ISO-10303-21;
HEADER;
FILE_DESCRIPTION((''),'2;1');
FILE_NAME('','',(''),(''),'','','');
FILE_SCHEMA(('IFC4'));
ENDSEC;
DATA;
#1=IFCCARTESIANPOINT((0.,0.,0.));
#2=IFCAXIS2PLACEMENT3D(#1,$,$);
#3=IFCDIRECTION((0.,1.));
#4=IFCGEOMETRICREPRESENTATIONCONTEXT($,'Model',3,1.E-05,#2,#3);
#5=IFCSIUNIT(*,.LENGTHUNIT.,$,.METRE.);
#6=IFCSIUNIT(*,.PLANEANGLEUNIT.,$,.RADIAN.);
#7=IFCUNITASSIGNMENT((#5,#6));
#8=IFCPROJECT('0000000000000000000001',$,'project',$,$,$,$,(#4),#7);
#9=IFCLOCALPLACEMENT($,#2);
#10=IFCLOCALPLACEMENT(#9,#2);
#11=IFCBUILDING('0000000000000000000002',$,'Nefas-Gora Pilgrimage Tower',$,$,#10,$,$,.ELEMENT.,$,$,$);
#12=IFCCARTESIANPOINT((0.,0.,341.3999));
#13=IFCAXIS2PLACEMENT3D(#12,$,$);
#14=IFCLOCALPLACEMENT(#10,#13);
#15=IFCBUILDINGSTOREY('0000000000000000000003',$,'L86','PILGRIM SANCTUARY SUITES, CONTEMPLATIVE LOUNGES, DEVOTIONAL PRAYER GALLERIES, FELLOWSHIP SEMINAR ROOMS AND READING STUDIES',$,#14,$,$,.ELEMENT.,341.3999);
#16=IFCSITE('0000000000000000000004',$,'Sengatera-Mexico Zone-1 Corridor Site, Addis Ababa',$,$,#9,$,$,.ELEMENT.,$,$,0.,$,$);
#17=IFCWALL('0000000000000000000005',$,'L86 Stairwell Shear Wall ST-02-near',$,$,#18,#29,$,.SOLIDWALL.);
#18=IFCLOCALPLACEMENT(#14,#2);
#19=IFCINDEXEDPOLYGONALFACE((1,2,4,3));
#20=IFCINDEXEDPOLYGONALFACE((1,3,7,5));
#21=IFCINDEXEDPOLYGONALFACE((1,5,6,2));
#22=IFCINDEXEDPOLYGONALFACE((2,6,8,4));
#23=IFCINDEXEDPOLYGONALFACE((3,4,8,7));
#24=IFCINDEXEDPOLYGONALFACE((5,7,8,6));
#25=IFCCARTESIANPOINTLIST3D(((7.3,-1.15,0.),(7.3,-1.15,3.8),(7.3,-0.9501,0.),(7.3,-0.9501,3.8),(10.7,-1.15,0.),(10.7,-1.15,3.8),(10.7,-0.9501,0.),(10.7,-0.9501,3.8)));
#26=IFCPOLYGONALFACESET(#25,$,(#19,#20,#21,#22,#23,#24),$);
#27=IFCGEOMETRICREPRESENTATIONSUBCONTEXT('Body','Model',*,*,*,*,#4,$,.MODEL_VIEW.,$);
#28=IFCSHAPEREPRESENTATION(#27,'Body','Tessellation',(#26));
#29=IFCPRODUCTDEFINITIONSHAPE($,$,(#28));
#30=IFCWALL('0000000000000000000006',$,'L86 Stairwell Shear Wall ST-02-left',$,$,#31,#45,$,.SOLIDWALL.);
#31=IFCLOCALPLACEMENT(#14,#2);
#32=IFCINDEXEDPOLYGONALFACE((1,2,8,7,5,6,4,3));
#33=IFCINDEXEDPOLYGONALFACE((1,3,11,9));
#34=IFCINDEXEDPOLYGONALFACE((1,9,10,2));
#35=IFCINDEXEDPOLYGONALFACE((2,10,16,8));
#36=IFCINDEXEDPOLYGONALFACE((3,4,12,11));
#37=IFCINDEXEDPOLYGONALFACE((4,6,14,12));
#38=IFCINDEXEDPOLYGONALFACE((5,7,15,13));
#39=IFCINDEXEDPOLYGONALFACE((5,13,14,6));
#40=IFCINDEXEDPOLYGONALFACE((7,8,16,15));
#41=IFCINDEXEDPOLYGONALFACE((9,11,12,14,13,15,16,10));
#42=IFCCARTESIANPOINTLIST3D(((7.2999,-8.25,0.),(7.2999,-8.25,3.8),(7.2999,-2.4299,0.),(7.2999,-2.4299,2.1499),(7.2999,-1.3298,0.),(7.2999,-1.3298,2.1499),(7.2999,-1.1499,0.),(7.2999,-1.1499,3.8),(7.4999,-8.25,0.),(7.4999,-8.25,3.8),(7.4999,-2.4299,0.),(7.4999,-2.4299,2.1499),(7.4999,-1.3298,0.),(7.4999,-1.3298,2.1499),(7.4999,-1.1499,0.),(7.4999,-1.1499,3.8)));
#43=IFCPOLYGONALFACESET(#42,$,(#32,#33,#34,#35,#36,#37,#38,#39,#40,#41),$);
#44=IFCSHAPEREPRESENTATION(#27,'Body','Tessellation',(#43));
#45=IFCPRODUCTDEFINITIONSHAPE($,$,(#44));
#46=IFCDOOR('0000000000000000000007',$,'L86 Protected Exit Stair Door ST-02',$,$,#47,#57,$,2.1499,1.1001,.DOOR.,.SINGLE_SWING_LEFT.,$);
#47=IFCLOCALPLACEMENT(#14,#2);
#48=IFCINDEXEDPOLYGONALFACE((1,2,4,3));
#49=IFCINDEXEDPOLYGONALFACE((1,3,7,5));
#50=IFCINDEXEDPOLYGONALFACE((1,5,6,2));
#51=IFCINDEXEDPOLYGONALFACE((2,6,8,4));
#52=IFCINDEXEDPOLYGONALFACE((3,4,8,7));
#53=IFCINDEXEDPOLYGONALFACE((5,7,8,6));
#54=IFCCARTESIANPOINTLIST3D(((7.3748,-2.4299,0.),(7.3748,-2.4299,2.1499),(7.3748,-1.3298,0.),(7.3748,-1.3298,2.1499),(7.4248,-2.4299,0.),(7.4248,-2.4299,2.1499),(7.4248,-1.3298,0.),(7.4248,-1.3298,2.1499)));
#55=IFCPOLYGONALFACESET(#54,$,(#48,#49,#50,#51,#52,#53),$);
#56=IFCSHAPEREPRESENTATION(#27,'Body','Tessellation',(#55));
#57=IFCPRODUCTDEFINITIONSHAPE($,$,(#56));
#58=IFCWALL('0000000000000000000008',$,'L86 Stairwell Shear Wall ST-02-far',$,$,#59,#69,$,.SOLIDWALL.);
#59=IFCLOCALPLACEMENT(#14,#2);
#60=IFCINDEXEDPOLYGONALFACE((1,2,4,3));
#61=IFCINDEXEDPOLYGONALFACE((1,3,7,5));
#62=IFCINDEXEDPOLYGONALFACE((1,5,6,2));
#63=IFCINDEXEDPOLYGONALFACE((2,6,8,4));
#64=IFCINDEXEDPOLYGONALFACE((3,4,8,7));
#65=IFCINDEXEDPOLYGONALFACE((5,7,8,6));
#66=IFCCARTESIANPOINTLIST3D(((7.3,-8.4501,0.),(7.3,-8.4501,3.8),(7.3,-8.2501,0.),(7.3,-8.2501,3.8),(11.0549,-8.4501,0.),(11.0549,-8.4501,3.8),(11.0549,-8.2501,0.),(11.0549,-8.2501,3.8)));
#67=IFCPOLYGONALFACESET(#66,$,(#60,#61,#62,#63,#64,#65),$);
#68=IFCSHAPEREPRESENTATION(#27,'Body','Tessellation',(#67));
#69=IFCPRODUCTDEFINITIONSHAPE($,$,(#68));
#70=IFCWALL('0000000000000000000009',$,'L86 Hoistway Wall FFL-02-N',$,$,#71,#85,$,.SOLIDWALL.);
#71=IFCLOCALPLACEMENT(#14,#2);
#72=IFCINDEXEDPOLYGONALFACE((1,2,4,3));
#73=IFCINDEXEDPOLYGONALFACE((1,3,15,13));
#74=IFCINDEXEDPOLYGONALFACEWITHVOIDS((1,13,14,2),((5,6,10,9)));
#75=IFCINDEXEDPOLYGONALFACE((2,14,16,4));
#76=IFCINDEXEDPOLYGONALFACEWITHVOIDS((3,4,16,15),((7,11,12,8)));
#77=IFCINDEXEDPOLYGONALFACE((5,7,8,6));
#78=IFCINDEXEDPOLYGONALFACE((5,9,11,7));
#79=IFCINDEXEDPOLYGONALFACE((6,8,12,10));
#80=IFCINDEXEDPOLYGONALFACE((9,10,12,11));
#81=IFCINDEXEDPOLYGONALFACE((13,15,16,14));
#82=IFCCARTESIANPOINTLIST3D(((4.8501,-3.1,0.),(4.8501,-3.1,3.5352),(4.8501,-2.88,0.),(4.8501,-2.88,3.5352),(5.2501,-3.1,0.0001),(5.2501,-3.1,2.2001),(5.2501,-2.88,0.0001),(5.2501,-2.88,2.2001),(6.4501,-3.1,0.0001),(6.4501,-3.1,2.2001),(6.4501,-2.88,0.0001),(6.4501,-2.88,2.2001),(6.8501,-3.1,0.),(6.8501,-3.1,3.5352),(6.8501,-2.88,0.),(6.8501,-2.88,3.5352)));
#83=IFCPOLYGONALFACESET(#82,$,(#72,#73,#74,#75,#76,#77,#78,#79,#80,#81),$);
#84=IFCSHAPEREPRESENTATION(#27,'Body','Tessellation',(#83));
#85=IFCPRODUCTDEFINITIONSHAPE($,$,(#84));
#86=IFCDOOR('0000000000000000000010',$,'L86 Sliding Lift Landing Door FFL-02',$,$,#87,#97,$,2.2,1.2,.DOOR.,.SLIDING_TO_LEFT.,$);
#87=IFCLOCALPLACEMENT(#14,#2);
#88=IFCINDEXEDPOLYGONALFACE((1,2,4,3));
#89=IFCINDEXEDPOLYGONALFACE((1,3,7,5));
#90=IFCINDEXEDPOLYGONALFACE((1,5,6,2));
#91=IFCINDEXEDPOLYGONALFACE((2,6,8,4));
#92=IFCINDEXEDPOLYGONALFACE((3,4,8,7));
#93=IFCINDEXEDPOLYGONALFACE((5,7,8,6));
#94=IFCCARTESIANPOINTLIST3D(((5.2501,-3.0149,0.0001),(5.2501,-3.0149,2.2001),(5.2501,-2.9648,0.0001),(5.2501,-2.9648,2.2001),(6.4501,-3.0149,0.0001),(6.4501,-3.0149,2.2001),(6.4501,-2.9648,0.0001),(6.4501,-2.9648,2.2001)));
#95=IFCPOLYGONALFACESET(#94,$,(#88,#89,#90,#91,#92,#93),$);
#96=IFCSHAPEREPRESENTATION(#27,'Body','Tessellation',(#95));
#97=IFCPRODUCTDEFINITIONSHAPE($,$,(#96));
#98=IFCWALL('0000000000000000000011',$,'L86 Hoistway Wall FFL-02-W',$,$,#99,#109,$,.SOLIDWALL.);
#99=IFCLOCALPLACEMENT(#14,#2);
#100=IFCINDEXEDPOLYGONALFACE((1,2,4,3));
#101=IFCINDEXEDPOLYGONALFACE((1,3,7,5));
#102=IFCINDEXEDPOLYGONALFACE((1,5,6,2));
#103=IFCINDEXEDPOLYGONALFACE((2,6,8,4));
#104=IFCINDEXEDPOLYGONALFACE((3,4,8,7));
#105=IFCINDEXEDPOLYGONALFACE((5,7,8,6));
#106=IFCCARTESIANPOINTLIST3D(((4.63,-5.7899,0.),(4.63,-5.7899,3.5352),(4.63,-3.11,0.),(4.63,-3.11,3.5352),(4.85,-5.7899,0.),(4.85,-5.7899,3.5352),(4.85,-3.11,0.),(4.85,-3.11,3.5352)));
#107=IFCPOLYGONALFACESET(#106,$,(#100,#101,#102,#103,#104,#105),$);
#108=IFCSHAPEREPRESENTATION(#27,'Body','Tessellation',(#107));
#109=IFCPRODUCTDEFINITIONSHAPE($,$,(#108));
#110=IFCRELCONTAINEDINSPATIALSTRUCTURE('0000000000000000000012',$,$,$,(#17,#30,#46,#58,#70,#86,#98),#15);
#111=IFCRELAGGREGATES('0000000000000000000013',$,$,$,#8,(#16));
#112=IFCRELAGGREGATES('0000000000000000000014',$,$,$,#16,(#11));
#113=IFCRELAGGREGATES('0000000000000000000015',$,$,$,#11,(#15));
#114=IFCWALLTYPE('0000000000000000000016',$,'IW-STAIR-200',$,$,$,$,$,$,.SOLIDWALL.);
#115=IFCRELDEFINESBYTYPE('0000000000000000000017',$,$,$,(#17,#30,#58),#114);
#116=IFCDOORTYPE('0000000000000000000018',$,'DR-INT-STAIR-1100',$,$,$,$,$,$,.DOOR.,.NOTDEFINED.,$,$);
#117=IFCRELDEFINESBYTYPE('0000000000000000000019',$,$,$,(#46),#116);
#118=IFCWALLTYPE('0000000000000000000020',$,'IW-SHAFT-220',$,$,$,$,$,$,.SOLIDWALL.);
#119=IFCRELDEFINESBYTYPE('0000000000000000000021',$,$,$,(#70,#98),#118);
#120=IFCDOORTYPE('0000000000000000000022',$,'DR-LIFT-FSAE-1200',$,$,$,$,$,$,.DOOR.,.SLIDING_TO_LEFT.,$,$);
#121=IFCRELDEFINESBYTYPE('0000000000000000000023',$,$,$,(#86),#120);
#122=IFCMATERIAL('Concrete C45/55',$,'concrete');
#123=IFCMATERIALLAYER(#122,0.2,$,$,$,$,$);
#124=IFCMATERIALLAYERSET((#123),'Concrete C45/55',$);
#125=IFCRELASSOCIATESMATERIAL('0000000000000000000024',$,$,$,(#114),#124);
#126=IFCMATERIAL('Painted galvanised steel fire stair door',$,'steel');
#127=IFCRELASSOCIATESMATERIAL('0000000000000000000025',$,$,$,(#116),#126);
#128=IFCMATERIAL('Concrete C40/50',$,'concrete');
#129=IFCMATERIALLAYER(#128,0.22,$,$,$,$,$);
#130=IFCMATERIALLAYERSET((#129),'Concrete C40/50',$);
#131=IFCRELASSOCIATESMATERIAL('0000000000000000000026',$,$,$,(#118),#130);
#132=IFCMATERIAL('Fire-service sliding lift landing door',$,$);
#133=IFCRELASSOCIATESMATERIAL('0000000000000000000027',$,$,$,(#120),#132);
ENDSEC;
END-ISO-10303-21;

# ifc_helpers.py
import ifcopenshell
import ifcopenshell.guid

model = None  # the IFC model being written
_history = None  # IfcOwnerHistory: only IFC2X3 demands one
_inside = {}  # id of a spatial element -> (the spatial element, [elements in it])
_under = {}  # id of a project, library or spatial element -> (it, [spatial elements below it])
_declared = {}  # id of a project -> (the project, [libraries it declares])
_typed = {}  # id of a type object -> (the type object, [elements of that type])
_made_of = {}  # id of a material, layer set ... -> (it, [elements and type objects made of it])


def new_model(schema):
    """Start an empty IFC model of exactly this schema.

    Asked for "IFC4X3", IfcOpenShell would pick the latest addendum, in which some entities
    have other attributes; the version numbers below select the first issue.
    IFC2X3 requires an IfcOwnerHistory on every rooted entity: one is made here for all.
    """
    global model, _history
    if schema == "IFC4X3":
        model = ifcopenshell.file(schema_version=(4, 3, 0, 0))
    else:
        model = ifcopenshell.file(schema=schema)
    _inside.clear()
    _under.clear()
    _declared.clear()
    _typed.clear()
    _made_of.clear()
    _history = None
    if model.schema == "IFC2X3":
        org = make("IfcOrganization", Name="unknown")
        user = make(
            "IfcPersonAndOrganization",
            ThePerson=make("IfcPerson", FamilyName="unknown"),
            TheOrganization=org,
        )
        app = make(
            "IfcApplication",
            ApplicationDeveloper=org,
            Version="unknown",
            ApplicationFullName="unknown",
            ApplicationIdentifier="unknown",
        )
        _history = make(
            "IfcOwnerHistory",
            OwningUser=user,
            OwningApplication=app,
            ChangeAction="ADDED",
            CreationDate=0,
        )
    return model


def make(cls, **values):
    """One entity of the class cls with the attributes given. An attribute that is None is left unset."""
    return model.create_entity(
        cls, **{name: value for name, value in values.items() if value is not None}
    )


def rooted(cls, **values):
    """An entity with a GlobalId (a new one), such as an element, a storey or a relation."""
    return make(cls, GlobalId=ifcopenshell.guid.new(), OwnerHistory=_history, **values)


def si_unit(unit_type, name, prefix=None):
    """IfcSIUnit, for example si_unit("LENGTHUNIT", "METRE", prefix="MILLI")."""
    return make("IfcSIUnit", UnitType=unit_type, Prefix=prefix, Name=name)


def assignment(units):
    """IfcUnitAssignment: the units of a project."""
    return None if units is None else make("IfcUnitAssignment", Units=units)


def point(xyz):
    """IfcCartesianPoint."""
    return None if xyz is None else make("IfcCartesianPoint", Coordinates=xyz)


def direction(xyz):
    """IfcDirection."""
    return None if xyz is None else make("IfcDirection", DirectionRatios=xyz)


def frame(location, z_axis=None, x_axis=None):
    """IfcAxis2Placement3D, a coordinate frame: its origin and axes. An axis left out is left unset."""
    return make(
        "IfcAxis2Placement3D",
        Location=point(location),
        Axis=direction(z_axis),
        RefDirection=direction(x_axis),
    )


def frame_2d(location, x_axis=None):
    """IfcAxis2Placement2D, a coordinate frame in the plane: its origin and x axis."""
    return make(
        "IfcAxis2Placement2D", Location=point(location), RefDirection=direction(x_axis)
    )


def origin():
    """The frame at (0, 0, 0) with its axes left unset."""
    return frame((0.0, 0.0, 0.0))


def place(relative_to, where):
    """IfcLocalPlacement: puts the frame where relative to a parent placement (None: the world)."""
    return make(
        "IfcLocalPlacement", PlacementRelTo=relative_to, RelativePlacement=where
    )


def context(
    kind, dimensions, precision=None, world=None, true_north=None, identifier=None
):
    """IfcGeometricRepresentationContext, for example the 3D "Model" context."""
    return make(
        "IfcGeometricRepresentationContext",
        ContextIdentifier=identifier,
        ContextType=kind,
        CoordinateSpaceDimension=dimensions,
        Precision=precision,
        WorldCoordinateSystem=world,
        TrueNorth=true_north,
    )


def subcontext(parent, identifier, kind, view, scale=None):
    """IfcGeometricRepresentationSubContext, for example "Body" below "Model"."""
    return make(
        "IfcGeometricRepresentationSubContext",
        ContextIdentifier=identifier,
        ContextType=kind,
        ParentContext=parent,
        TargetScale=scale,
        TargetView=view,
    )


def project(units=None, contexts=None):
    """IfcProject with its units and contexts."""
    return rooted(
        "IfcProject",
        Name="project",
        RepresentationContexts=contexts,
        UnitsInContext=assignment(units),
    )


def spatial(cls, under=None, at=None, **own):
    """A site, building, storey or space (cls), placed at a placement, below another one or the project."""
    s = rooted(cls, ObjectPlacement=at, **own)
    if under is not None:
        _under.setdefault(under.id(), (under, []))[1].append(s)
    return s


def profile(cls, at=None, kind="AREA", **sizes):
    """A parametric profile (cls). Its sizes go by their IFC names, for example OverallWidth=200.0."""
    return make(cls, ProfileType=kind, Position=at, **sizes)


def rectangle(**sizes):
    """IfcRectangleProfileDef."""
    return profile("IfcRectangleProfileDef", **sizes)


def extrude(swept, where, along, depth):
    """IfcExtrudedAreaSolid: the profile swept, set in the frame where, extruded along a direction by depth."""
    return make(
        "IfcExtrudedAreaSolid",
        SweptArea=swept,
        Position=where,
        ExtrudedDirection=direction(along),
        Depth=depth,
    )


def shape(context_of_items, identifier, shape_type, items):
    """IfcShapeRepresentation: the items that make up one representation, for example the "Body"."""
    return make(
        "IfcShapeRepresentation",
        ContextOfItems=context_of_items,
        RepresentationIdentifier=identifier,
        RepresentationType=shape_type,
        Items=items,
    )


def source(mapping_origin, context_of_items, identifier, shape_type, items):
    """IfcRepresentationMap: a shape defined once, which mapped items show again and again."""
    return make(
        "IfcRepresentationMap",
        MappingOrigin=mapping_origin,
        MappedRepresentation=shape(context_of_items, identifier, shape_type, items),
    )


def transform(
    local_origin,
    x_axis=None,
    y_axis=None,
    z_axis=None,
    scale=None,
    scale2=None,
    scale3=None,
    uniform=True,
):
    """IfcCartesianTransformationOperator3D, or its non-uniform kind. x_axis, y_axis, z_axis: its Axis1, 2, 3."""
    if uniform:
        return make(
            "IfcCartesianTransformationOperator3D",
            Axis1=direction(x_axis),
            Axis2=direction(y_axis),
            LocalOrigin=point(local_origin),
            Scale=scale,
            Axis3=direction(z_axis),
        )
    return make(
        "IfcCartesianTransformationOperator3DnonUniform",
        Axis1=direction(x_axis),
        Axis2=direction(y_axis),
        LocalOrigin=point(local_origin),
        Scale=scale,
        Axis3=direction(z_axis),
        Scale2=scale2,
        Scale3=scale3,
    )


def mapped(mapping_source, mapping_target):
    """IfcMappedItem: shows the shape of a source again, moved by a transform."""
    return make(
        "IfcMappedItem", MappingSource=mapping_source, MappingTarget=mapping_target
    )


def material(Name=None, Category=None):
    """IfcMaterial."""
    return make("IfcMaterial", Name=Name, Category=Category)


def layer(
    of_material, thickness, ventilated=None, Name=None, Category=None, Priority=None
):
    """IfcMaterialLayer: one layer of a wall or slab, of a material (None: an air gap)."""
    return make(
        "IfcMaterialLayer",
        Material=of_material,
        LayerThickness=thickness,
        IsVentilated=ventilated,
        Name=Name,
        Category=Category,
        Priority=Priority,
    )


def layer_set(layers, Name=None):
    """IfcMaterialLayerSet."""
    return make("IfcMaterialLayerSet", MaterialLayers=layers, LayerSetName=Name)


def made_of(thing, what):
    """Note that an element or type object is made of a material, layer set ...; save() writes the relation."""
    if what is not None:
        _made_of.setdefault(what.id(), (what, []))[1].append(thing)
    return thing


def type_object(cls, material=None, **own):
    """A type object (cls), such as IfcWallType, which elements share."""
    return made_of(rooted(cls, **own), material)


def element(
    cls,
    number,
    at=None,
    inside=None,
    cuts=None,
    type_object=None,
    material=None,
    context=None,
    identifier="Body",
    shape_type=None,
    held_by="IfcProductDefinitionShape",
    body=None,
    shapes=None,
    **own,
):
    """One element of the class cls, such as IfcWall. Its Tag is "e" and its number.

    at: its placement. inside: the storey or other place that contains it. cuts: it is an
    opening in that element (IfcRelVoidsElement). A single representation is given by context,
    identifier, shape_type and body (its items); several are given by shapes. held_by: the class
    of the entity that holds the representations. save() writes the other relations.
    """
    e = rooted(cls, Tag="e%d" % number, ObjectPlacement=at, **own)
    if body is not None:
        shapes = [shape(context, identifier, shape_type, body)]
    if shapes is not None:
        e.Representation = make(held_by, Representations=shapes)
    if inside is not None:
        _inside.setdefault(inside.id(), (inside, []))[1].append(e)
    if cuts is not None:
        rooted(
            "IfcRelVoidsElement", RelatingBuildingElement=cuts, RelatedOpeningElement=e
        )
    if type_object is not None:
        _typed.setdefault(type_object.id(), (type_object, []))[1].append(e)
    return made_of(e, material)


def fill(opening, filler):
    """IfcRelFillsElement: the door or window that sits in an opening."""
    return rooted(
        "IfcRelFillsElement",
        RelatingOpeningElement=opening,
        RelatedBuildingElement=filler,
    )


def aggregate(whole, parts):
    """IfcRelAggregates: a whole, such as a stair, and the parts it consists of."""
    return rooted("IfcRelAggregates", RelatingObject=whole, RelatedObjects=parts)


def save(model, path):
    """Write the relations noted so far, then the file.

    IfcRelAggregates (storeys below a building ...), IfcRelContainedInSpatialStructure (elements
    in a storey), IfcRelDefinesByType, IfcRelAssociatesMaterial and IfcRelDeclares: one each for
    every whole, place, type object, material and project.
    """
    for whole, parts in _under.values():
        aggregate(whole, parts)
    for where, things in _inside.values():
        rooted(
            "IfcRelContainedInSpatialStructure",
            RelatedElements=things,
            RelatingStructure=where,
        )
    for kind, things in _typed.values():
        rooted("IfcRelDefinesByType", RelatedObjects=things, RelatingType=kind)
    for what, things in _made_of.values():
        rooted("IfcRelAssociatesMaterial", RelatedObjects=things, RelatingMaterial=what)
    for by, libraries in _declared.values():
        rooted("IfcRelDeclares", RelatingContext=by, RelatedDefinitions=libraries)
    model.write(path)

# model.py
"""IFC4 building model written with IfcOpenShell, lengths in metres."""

from ifc_helpers import new_model, si_unit, direction, frame, frame_2d, origin, place, context, subcontext, project, spatial, rectangle, extrude, source, transform, mapped, material, layer, layer_set, type_object, element, fill, save


model = new_model("IFC4")

# Units and contexts
model_context = context("Model", 3, precision=1e-05, world=origin(), true_north=direction((0.0, 1.0)))
body_context = subcontext(model_context, "Body", "Model", "MODEL_VIEW")
ifc_project = project(units=[si_unit("LENGTHUNIT", "METRE"), si_unit("PLANEANGLEUNIT", "RADIAN")], contexts=[model_context])

# Site, building, storey
site_placement = place(None, origin())
site = spatial("IfcSite", under=ifc_project, at=site_placement, Name="Sengatera-Mexico Zone-1 Corridor Site, Addis Ababa", CompositionType="ELEMENT", RefElevation=0.0)
building_placement = place(site_placement, origin())
building = spatial("IfcBuilding", under=site, at=building_placement, Name="Nefas-Gora Pilgrimage Tower", CompositionType="ELEMENT")
storey_placement = place(building_placement, frame((0.0, 0.0, 341.3999)))
storey = spatial("IfcBuildingStorey", under=building, at=storey_placement, Name="L86", Description="PILGRIM SANCTUARY SUITES, CONTEMPLATIVE LOUNGES, DEVOTIONAL PRAYER GALLERIES, FELLOWSHIP SEMINAR ROOMS AND READING STUDIES", CompositionType="ELEMENT", Elevation=341.3999)

# Wall
ifc_material_1 = material(Name="Concrete C45/55", Category="concrete")
ifc_layer_1 = layer(ifc_material_1, 0.2)
ifc_layer_set_1 = layer_set([ifc_layer_1], Name="Concrete C45/55")
wall_type_1 = type_object("IfcWallType", Name="IW-STAIR-200", PredefinedType="SOLIDWALL", material=ifc_layer_set_1)
shared_shape_1 = source(origin(), body_context, "Body", "SweptSolid", [
    extrude(rectangle(XDim=3.3999, YDim=0.2, at=frame_2d((1.7, 0.0))), origin(), (0.0, 0.0, 1.0), 3.8),
])
wall_1_placement = place(storey_placement, frame((7.3, -1.05, 0.0), z_axis=(0.0, 0.0, 1.0), x_axis=(1.0, 0.0, 0.0)))
element("IfcWall", 1, at=wall_1_placement, inside=storey, type_object=wall_type_1, Name="L86 Stairwell Shear Wall ST-02-near", PredefinedType="SOLIDWALL", context=body_context, shape_type="MappedRepresentation", body=[
    mapped(shared_shape_1, transform((0.0, 0.0, 0.0), x_axis=(1.0, 0.0, 0.0), y_axis=(0.0, 1.0, 0.0), z_axis=(0.0, 0.0, 1.0), scale=1.0)),
])

# Wall, opening, door
shared_shape_2 = source(origin(), body_context, "Body", "SweptSolid", [
    extrude(rectangle(XDim=7.1001, YDim=0.2, at=frame_2d((3.55, 0.0))), origin(), (0.0, 0.0, 1.0), 3.8),
])
wall_2_placement = place(storey_placement, frame((7.3999, -1.1499, 0.0), z_axis=(0.0, 0.0, 1.0), x_axis=(0.0, -1.0, 0.0)))
wall_2 = element("IfcWall", 2, at=wall_2_placement, inside=storey, type_object=wall_type_1, Name="L86 Stairwell Shear Wall ST-02-left", PredefinedType="SOLIDWALL", context=body_context, shape_type="MappedRepresentation", body=[
    mapped(shared_shape_2, transform((0.0, 0.0, 0.0), x_axis=(1.0, 0.0, 0.0), y_axis=(0.0, 1.0, 0.0), z_axis=(0.0, 0.0, 1.0), scale=1.0)),
])
opening_1_placement = place(wall_2_placement, frame((0.1799, 0.0, 0.0)))
opening_1 = element("IfcOpeningElement", 3, at=opening_1_placement, cuts=wall_2, PredefinedType="OPENING", context=body_context, shape_type="SweptSolid", body=[
    extrude(rectangle(XDim=1.1001, YDim=2.1499, at=frame_2d((0.55, 1.075))), frame((0.0, 0.1099, 0.0), z_axis=(0.0, -1.0, 0.0), x_axis=(1.0, 0.0, 0.0)), (0.0, 0.0, 1.0), 0.22),
])
ifc_material_2 = material(Name="Painted galvanised steel fire stair door", Category="steel")
door_type_1 = type_object("IfcDoorType", Name="DR-INT-STAIR-1100", OperationType="NOTDEFINED", PredefinedType="DOOR", material=ifc_material_2)
shared_shape_3 = source(origin(), body_context, "Body", "SweptSolid", [
    extrude(rectangle(XDim=1.1001, YDim=2.1499, at=frame_2d((0.55, 1.075))), frame((0.0, 0.0249, 0.0), z_axis=(0.0, -1.0, 0.0), x_axis=(1.0, 0.0, 0.0)), (0.0, 0.0, 1.0), 0.05),
])
door_1_placement = place(opening_1_placement, origin())
door_1 = element("IfcDoor", 4, at=door_1_placement, inside=storey, type_object=door_type_1, Name="L86 Protected Exit Stair Door ST-02", OperationType="SINGLE_SWING_LEFT", OverallHeight=2.1499, OverallWidth=1.1001, PredefinedType="DOOR", context=body_context, shape_type="MappedRepresentation", body=[
    mapped(shared_shape_3, transform((0.0, 0.0, 0.0), x_axis=(1.0, 0.0, 0.0), y_axis=(0.0, 1.0, 0.0), z_axis=(0.0, 0.0, 1.0), scale=1.0)),
])
fill(opening_1, door_1)

# Wall
shared_shape_4 = source(origin(), body_context, "Body", "SweptSolid", [
    extrude(rectangle(XDim=3.7549, YDim=0.2, at=frame_2d((1.8774, 0.0))), origin(), (0.0, 0.0, 1.0), 3.8),
])
wall_3_placement = place(storey_placement, frame((7.3, -8.3501, 0.0), z_axis=(0.0, 0.0, 1.0), x_axis=(1.0, 0.0, 0.0)))
element("IfcWall", 5, at=wall_3_placement, inside=storey, type_object=wall_type_1, Name="L86 Stairwell Shear Wall ST-02-far", PredefinedType="SOLIDWALL", context=body_context, shape_type="MappedRepresentation", body=[
    mapped(shared_shape_4, transform((0.0, 0.0, 0.0), x_axis=(1.0, 0.0, 0.0), y_axis=(0.0, 1.0, 0.0), z_axis=(0.0, 0.0, 1.0), scale=1.0)),
])

# Wall, opening, door
ifc_material_3 = material(Name="Concrete C40/50", Category="concrete")
ifc_layer_2 = layer(ifc_material_3, 0.22)
ifc_layer_set_2 = layer_set([ifc_layer_2], Name="Concrete C40/50")
wall_type_2 = type_object("IfcWallType", Name="IW-SHAFT-220", PredefinedType="SOLIDWALL", material=ifc_layer_set_2)
shared_shape_5 = source(origin(), body_context, "Body", "SweptSolid", [
    extrude(rectangle(XDim=2.0, YDim=0.22, at=frame_2d((1.0, 0.0))), origin(), (0.0, 0.0, 1.0), 3.5352),
])
wall_4_placement = place(storey_placement, frame((6.8501, -2.99, 0.0), z_axis=(0.0, 0.0, 1.0), x_axis=(-1.0, 0.0, 0.0)))
wall_4 = element("IfcWall", 6, at=wall_4_placement, inside=storey, type_object=wall_type_2, Name="L86 Hoistway Wall FFL-02-N", PredefinedType="SOLIDWALL", context=body_context, shape_type="MappedRepresentation", body=[
    mapped(shared_shape_5, transform((0.0, 0.0, 0.0), x_axis=(1.0, 0.0, 0.0), y_axis=(0.0, 1.0, 0.0), z_axis=(0.0, 0.0, 1.0), scale=1.0)),
])
opening_2_placement = place(wall_4_placement, frame((0.3999, 0.0, 0.0)))
opening_2 = element("IfcOpeningElement", 7, at=opening_2_placement, cuts=wall_4, PredefinedType="OPENING", context=body_context, shape_type="SweptSolid", body=[
    extrude(rectangle(XDim=1.2, YDim=2.2, at=frame_2d((0.6001, 1.1001))), frame((0.0, 0.1199, 0.0), z_axis=(0.0, -1.0, 0.0), x_axis=(1.0, 0.0, 0.0)), (0.0, 0.0, 1.0), 0.24),
])
ifc_material_4 = material(Name="Fire-service sliding lift landing door")
door_type_2 = type_object("IfcDoorType", Name="DR-LIFT-FSAE-1200", OperationType="SLIDING_TO_LEFT", PredefinedType="DOOR", material=ifc_material_4)
shared_shape_6 = source(origin(), body_context, "Body", "SweptSolid", [
    extrude(rectangle(XDim=1.2, YDim=2.2, at=frame_2d((0.6001, 1.1001))), frame((0.0, 0.0249, 0.0), z_axis=(0.0, -1.0, 0.0), x_axis=(1.0, 0.0, 0.0)), (0.0, 0.0, 1.0), 0.05),
])
door_2_placement = place(opening_2_placement, origin())
door_2 = element("IfcDoor", 8, at=door_2_placement, inside=storey, type_object=door_type_2, Name="L86 Sliding Lift Landing Door FFL-02", OperationType="SLIDING_TO_LEFT", OverallHeight=2.2, OverallWidth=1.2, PredefinedType="DOOR", context=body_context, shape_type="MappedRepresentation", body=[
    mapped(shared_shape_6, transform((0.0, 0.0, 0.0), x_axis=(1.0, 0.0, 0.0), y_axis=(0.0, 1.0, 0.0), z_axis=(0.0, 0.0, 1.0), scale=1.0)),
])
fill(opening_2, door_2)

# Wall
shared_shape_7 = source(origin(), body_context, "Body", "SweptSolid", [
    extrude(rectangle(XDim=2.6799, YDim=0.22, at=frame_2d((1.3398, 0.0))), origin(), (0.0, 0.0, 1.0), 3.5352),
])
wall_5_placement = place(storey_placement, frame((4.74, -3.1101, 0.0), z_axis=(0.0, 0.0, 1.0), x_axis=(0.0, -1.0, 0.0)))
element("IfcWall", 9, at=wall_5_placement, inside=storey, type_object=wall_type_2, Name="L86 Hoistway Wall FFL-02-W", PredefinedType="SOLIDWALL", context=body_context, shape_type="MappedRepresentation", body=[
    mapped(shared_shape_7, transform((0.0, 0.0, 0.0), x_axis=(1.0, 0.0, 0.0), y_axis=(0.0, 1.0, 0.0), z_axis=(0.0, 0.0, 1.0), scale=1.0)),
])

save(model, "model.ifc")
